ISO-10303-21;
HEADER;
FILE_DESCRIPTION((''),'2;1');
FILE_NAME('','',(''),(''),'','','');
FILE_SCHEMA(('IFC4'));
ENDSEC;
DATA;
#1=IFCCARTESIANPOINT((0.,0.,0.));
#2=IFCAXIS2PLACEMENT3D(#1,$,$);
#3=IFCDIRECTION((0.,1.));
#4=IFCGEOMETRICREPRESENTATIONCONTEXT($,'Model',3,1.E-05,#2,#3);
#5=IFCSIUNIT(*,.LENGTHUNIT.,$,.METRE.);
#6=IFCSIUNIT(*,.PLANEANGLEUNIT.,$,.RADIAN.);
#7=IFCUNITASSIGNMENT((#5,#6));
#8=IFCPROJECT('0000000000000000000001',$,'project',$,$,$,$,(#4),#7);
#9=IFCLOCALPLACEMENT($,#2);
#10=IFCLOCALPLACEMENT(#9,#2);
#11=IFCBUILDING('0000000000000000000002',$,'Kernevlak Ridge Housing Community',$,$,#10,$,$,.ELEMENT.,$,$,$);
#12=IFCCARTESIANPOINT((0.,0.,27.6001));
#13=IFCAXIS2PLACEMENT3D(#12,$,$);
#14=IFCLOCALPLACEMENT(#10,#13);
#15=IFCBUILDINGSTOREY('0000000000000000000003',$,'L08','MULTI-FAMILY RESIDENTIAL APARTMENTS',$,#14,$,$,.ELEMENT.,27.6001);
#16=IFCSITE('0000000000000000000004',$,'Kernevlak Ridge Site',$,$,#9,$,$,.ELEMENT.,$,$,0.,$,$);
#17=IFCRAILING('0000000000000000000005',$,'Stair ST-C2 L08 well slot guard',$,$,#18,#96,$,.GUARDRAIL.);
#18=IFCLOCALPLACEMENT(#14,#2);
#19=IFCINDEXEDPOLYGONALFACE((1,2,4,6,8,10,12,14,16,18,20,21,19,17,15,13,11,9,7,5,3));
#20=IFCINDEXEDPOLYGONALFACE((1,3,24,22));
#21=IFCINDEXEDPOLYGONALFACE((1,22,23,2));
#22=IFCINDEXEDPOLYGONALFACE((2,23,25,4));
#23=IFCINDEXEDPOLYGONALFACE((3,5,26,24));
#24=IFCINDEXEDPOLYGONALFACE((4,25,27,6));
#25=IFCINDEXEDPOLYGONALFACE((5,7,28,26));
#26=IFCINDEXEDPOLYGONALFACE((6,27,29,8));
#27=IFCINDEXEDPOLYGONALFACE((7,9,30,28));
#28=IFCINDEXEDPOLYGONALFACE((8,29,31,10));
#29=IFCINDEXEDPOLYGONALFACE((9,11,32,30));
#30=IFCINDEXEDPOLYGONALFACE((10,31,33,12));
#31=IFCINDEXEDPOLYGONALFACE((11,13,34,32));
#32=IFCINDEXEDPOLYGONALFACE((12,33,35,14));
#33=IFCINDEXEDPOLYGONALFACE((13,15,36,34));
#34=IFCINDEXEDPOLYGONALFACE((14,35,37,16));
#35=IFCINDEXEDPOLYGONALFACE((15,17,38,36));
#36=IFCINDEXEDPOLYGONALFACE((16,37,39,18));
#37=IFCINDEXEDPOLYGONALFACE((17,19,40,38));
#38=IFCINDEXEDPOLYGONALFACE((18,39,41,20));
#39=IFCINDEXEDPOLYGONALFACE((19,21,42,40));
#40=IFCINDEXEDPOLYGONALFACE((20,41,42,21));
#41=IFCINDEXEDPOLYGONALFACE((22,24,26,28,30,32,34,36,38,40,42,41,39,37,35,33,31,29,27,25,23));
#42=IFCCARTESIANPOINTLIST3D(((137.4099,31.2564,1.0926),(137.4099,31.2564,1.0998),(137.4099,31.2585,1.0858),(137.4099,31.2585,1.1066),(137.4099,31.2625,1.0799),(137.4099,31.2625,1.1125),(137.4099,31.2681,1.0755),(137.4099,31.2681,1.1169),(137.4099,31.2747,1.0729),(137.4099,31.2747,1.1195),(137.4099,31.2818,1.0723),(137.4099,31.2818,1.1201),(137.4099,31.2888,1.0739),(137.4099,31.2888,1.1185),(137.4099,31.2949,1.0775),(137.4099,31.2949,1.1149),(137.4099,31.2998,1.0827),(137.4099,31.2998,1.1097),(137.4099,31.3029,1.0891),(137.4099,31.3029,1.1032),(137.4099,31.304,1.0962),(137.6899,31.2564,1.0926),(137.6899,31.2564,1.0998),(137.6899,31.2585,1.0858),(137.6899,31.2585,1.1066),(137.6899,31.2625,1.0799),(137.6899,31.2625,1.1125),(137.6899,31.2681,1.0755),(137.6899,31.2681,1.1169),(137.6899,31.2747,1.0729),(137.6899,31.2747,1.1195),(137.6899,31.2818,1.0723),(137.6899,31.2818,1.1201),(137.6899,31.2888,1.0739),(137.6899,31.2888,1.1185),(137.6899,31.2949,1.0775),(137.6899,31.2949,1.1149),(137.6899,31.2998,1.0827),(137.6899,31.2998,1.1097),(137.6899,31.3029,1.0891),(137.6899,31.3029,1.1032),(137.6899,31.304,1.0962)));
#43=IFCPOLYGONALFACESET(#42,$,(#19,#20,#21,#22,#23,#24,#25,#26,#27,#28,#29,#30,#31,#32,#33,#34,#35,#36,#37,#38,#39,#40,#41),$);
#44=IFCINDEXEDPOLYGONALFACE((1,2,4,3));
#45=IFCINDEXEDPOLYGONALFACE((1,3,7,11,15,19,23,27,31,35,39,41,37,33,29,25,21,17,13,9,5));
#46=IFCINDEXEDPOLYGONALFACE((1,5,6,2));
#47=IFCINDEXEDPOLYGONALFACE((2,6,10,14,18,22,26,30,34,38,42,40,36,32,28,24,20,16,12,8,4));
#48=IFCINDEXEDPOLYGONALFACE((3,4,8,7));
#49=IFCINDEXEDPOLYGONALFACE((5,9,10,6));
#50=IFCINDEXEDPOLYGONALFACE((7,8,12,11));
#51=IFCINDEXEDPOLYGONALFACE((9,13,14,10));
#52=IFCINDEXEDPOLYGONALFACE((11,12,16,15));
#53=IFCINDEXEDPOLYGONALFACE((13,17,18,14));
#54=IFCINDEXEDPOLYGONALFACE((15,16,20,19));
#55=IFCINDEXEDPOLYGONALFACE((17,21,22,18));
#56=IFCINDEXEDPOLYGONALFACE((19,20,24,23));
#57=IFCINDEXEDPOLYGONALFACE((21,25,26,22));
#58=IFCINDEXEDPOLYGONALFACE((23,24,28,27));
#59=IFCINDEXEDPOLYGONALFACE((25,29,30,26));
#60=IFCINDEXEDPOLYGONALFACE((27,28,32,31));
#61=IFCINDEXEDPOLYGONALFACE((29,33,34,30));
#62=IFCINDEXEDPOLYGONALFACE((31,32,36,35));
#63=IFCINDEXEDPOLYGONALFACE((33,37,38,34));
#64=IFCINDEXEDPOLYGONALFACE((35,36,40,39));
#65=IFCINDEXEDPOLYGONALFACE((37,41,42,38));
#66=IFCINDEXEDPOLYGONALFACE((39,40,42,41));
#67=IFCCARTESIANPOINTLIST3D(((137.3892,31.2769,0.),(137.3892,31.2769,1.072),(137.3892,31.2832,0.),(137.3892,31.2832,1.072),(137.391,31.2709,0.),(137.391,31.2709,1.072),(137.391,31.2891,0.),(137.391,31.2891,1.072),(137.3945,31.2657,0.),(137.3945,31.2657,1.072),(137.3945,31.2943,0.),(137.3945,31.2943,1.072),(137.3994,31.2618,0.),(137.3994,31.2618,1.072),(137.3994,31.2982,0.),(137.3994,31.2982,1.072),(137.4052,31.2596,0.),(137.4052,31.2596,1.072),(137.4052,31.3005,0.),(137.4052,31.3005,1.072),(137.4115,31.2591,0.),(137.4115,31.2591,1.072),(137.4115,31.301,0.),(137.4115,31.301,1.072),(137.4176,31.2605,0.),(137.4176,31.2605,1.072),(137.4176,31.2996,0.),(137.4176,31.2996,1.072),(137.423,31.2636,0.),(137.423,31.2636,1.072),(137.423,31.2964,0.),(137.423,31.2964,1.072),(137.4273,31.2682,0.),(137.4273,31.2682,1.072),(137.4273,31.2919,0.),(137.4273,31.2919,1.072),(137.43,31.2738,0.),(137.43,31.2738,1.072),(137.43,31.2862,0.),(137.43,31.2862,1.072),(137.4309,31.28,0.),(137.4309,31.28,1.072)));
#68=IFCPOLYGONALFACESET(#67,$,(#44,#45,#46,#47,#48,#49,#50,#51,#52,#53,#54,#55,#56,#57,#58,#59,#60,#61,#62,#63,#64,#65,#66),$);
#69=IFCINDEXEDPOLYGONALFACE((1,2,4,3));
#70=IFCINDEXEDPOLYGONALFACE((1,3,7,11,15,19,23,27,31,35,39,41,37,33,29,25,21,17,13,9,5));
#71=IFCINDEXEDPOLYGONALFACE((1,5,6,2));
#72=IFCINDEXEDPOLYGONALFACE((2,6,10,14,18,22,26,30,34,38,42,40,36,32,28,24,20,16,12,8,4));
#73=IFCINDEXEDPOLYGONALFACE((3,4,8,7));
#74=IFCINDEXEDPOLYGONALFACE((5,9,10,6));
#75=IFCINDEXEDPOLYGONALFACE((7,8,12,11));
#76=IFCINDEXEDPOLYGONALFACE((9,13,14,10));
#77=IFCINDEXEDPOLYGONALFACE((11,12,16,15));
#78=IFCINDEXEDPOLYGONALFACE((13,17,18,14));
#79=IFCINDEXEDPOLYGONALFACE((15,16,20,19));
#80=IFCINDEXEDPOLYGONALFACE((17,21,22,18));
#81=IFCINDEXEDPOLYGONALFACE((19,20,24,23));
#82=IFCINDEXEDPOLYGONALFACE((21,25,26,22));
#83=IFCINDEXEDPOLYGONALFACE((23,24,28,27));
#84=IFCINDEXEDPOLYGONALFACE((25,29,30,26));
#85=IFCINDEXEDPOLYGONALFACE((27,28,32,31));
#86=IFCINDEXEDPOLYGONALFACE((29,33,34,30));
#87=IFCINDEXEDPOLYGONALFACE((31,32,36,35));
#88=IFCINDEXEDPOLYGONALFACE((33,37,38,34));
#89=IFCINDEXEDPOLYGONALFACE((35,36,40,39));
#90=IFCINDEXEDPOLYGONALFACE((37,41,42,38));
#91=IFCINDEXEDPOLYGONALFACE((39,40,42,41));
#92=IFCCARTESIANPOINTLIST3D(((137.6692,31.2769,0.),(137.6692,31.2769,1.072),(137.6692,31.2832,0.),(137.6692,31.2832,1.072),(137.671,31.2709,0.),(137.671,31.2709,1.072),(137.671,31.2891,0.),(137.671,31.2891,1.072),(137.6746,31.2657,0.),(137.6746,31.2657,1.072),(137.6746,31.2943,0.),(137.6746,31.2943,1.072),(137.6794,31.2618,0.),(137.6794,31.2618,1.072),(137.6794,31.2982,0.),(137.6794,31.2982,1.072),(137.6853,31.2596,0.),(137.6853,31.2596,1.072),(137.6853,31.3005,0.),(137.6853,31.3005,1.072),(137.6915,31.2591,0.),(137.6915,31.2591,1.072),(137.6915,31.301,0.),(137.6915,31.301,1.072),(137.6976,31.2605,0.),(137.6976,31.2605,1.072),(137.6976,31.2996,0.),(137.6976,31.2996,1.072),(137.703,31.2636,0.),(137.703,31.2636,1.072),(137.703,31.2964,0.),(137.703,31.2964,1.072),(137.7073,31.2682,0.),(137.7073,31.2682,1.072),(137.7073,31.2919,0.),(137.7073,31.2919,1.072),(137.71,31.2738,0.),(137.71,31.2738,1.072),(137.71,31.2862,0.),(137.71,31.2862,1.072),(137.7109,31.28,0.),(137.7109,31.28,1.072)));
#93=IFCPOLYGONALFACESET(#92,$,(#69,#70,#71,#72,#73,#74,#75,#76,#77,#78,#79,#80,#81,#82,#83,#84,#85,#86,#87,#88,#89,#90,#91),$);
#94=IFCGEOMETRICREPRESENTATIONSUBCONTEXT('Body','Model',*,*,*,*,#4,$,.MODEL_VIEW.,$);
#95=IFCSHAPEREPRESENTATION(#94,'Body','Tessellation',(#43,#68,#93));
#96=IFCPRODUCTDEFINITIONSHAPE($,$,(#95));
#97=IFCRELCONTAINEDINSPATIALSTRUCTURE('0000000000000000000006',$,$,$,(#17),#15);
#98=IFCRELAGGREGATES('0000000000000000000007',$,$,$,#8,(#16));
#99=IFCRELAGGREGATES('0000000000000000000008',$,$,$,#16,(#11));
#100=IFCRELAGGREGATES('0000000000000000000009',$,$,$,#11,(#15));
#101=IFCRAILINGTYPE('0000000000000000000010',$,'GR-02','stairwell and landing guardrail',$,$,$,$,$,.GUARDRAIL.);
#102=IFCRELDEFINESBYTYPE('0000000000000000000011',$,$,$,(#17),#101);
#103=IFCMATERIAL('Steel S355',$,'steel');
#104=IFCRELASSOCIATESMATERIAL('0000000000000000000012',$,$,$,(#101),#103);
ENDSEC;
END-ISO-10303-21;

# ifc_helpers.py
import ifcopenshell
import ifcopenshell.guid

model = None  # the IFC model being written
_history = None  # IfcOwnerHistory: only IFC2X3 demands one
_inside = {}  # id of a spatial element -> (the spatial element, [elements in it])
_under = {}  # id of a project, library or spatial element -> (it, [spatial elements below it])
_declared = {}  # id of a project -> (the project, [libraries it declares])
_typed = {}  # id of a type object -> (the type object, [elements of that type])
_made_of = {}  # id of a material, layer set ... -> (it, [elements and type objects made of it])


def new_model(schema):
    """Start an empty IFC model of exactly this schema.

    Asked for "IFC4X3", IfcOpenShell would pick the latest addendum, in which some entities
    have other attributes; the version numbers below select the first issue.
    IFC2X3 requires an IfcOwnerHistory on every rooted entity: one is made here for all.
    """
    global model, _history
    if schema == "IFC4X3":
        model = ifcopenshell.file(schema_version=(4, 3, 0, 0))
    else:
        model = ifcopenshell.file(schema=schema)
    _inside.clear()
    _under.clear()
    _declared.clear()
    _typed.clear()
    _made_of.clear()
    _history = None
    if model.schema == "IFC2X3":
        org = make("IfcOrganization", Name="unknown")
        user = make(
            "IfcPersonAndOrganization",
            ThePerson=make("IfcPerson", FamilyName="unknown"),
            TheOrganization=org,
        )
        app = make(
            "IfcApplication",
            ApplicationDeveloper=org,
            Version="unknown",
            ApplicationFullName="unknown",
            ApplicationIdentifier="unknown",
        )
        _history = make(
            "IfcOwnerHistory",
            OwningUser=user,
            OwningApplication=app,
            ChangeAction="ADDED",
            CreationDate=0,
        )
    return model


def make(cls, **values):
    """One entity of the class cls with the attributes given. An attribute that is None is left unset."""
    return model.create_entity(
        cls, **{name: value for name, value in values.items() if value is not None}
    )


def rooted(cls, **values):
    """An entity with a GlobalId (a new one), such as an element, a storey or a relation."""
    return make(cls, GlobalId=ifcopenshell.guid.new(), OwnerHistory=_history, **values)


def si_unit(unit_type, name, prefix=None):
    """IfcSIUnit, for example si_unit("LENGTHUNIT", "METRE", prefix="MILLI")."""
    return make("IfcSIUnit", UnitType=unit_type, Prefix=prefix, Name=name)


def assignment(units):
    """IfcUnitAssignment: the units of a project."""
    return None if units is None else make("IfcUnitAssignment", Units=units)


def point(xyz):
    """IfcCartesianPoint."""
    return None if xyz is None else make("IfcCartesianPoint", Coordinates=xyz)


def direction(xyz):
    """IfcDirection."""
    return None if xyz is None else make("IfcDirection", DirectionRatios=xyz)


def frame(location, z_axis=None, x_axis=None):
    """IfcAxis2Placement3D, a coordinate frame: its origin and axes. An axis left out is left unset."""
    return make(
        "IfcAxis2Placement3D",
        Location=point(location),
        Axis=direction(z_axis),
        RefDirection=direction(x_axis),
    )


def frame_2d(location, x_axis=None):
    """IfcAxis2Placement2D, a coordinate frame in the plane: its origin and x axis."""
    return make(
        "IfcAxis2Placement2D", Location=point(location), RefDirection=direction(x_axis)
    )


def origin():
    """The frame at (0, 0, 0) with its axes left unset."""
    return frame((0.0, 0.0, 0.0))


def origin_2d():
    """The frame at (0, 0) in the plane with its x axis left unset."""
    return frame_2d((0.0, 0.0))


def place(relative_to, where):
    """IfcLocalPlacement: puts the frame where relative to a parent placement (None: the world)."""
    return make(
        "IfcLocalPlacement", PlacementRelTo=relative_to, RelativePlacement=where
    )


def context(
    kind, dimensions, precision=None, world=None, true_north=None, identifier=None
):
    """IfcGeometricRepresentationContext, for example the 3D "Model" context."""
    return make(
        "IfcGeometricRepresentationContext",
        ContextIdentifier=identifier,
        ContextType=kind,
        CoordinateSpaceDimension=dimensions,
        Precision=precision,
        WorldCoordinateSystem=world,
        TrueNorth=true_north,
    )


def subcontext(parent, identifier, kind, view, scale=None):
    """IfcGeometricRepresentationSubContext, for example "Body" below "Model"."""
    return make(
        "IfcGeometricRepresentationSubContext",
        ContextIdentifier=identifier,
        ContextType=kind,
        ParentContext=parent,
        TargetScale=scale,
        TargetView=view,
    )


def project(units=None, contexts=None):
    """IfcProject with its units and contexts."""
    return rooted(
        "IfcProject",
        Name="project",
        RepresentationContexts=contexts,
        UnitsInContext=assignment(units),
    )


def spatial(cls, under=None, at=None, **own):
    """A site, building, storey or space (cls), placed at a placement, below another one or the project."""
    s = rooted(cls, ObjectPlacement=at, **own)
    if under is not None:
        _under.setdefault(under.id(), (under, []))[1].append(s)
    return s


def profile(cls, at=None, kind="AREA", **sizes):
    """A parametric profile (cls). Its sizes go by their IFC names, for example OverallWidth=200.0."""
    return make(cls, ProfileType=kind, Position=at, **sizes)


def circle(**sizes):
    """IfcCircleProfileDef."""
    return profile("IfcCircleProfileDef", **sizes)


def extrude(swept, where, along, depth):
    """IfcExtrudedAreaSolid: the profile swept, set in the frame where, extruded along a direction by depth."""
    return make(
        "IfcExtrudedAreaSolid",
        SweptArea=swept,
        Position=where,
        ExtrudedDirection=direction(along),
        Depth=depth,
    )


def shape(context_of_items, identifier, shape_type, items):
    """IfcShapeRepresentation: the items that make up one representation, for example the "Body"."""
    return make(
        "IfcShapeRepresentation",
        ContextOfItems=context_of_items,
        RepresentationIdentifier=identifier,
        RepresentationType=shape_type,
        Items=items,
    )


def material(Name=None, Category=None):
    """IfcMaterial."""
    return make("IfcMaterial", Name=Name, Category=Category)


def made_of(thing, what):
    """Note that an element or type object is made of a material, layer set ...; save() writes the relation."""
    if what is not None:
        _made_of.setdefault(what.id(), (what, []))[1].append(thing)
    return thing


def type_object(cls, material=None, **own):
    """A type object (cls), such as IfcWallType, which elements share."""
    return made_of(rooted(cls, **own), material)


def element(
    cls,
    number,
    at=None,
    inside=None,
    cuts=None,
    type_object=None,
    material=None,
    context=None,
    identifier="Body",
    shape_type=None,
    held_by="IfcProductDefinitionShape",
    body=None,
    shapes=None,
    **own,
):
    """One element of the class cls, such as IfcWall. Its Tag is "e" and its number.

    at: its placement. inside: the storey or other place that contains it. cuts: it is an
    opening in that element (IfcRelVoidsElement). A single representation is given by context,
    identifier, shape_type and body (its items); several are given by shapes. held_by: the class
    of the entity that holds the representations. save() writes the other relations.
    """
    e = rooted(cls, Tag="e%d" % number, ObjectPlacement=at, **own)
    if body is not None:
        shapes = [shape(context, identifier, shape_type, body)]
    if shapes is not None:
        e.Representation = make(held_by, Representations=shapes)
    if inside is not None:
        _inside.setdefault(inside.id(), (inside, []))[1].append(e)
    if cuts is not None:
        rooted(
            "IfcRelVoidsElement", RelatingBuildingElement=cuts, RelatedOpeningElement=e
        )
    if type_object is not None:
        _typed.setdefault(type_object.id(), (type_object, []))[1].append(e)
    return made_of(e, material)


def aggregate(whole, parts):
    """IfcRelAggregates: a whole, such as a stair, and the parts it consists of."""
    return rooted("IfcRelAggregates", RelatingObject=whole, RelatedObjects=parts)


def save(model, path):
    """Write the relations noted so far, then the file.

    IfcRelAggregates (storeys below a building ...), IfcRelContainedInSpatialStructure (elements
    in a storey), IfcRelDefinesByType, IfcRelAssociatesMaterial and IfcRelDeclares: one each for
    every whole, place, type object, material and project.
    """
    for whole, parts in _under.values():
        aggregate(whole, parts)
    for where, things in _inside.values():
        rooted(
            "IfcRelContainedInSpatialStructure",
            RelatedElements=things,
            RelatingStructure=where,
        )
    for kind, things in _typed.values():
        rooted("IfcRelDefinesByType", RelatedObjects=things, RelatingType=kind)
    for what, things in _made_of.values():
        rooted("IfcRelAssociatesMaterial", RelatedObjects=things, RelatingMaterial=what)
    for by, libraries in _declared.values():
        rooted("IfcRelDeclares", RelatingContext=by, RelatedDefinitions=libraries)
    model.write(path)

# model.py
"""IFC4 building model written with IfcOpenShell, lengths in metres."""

from ifc_helpers import new_model, si_unit, direction, frame, origin, origin_2d, place, context, subcontext, project, spatial, circle, extrude, material, type_object, element, save


model = new_model("IFC4")

# Units and contexts
model_context = context("Model", 3, precision=1e-05, world=origin(), true_north=direction((0.0, 1.0)))
body_context = subcontext(model_context, "Body", "Model", "MODEL_VIEW")
ifc_project = project(units=[si_unit("LENGTHUNIT", "METRE"), si_unit("PLANEANGLEUNIT", "RADIAN")], contexts=[model_context])

# Site, building, storey
site_placement = place(None, origin())
site = spatial("IfcSite", under=ifc_project, at=site_placement, Name="Kernevlak Ridge Site", CompositionType="ELEMENT", RefElevation=0.0)
building_placement = place(site_placement, origin())
building = spatial("IfcBuilding", under=site, at=building_placement, Name="Kernevlak Ridge Housing Community", CompositionType="ELEMENT")
storey_placement = place(building_placement, frame((0.0, 0.0, 27.6001)))
storey = spatial("IfcBuildingStorey", under=building, at=storey_placement, Name="L08", Description="MULTI-FAMILY RESIDENTIAL APARTMENTS", CompositionType="ELEMENT", Elevation=27.6001)

# Railing
ifc_material_1 = material(Name="Steel S355", Category="steel")
railing_type_1 = type_object("IfcRailingType", Name="GR-02", Description="stairwell and landing guardrail", PredefinedType="GUARDRAIL", material=ifc_material_1)
railing_1_placement = place(storey_placement, frame((137.4099, 31.28, 0.0)))
element("IfcRailing", 1, at=railing_1_placement, inside=storey, type_object=railing_type_1, Name="Stair ST-C2 L08 well slot guard", PredefinedType="GUARDRAIL", context=body_context, shape_type="SweptSolid", body=[
    extrude(circle(Radius=0.0239, at=origin_2d()), frame((0.0, 0.0, 1.0962), z_axis=(1.0, 0.0, 0.0), x_axis=(0.0, 1.0, 0.0)), (0.0, 0.0, 1.0), 0.28),
    extrude(circle(Radius=0.021, at=origin_2d()), origin(), (0.0, 0.0, 1.0), 1.072),
    extrude(circle(Radius=0.021, at=origin_2d()), frame((0.28, 0.0, 0.0)), (0.0, 0.0, 1.0), 1.072),
])

save(model, "model.ifc")
